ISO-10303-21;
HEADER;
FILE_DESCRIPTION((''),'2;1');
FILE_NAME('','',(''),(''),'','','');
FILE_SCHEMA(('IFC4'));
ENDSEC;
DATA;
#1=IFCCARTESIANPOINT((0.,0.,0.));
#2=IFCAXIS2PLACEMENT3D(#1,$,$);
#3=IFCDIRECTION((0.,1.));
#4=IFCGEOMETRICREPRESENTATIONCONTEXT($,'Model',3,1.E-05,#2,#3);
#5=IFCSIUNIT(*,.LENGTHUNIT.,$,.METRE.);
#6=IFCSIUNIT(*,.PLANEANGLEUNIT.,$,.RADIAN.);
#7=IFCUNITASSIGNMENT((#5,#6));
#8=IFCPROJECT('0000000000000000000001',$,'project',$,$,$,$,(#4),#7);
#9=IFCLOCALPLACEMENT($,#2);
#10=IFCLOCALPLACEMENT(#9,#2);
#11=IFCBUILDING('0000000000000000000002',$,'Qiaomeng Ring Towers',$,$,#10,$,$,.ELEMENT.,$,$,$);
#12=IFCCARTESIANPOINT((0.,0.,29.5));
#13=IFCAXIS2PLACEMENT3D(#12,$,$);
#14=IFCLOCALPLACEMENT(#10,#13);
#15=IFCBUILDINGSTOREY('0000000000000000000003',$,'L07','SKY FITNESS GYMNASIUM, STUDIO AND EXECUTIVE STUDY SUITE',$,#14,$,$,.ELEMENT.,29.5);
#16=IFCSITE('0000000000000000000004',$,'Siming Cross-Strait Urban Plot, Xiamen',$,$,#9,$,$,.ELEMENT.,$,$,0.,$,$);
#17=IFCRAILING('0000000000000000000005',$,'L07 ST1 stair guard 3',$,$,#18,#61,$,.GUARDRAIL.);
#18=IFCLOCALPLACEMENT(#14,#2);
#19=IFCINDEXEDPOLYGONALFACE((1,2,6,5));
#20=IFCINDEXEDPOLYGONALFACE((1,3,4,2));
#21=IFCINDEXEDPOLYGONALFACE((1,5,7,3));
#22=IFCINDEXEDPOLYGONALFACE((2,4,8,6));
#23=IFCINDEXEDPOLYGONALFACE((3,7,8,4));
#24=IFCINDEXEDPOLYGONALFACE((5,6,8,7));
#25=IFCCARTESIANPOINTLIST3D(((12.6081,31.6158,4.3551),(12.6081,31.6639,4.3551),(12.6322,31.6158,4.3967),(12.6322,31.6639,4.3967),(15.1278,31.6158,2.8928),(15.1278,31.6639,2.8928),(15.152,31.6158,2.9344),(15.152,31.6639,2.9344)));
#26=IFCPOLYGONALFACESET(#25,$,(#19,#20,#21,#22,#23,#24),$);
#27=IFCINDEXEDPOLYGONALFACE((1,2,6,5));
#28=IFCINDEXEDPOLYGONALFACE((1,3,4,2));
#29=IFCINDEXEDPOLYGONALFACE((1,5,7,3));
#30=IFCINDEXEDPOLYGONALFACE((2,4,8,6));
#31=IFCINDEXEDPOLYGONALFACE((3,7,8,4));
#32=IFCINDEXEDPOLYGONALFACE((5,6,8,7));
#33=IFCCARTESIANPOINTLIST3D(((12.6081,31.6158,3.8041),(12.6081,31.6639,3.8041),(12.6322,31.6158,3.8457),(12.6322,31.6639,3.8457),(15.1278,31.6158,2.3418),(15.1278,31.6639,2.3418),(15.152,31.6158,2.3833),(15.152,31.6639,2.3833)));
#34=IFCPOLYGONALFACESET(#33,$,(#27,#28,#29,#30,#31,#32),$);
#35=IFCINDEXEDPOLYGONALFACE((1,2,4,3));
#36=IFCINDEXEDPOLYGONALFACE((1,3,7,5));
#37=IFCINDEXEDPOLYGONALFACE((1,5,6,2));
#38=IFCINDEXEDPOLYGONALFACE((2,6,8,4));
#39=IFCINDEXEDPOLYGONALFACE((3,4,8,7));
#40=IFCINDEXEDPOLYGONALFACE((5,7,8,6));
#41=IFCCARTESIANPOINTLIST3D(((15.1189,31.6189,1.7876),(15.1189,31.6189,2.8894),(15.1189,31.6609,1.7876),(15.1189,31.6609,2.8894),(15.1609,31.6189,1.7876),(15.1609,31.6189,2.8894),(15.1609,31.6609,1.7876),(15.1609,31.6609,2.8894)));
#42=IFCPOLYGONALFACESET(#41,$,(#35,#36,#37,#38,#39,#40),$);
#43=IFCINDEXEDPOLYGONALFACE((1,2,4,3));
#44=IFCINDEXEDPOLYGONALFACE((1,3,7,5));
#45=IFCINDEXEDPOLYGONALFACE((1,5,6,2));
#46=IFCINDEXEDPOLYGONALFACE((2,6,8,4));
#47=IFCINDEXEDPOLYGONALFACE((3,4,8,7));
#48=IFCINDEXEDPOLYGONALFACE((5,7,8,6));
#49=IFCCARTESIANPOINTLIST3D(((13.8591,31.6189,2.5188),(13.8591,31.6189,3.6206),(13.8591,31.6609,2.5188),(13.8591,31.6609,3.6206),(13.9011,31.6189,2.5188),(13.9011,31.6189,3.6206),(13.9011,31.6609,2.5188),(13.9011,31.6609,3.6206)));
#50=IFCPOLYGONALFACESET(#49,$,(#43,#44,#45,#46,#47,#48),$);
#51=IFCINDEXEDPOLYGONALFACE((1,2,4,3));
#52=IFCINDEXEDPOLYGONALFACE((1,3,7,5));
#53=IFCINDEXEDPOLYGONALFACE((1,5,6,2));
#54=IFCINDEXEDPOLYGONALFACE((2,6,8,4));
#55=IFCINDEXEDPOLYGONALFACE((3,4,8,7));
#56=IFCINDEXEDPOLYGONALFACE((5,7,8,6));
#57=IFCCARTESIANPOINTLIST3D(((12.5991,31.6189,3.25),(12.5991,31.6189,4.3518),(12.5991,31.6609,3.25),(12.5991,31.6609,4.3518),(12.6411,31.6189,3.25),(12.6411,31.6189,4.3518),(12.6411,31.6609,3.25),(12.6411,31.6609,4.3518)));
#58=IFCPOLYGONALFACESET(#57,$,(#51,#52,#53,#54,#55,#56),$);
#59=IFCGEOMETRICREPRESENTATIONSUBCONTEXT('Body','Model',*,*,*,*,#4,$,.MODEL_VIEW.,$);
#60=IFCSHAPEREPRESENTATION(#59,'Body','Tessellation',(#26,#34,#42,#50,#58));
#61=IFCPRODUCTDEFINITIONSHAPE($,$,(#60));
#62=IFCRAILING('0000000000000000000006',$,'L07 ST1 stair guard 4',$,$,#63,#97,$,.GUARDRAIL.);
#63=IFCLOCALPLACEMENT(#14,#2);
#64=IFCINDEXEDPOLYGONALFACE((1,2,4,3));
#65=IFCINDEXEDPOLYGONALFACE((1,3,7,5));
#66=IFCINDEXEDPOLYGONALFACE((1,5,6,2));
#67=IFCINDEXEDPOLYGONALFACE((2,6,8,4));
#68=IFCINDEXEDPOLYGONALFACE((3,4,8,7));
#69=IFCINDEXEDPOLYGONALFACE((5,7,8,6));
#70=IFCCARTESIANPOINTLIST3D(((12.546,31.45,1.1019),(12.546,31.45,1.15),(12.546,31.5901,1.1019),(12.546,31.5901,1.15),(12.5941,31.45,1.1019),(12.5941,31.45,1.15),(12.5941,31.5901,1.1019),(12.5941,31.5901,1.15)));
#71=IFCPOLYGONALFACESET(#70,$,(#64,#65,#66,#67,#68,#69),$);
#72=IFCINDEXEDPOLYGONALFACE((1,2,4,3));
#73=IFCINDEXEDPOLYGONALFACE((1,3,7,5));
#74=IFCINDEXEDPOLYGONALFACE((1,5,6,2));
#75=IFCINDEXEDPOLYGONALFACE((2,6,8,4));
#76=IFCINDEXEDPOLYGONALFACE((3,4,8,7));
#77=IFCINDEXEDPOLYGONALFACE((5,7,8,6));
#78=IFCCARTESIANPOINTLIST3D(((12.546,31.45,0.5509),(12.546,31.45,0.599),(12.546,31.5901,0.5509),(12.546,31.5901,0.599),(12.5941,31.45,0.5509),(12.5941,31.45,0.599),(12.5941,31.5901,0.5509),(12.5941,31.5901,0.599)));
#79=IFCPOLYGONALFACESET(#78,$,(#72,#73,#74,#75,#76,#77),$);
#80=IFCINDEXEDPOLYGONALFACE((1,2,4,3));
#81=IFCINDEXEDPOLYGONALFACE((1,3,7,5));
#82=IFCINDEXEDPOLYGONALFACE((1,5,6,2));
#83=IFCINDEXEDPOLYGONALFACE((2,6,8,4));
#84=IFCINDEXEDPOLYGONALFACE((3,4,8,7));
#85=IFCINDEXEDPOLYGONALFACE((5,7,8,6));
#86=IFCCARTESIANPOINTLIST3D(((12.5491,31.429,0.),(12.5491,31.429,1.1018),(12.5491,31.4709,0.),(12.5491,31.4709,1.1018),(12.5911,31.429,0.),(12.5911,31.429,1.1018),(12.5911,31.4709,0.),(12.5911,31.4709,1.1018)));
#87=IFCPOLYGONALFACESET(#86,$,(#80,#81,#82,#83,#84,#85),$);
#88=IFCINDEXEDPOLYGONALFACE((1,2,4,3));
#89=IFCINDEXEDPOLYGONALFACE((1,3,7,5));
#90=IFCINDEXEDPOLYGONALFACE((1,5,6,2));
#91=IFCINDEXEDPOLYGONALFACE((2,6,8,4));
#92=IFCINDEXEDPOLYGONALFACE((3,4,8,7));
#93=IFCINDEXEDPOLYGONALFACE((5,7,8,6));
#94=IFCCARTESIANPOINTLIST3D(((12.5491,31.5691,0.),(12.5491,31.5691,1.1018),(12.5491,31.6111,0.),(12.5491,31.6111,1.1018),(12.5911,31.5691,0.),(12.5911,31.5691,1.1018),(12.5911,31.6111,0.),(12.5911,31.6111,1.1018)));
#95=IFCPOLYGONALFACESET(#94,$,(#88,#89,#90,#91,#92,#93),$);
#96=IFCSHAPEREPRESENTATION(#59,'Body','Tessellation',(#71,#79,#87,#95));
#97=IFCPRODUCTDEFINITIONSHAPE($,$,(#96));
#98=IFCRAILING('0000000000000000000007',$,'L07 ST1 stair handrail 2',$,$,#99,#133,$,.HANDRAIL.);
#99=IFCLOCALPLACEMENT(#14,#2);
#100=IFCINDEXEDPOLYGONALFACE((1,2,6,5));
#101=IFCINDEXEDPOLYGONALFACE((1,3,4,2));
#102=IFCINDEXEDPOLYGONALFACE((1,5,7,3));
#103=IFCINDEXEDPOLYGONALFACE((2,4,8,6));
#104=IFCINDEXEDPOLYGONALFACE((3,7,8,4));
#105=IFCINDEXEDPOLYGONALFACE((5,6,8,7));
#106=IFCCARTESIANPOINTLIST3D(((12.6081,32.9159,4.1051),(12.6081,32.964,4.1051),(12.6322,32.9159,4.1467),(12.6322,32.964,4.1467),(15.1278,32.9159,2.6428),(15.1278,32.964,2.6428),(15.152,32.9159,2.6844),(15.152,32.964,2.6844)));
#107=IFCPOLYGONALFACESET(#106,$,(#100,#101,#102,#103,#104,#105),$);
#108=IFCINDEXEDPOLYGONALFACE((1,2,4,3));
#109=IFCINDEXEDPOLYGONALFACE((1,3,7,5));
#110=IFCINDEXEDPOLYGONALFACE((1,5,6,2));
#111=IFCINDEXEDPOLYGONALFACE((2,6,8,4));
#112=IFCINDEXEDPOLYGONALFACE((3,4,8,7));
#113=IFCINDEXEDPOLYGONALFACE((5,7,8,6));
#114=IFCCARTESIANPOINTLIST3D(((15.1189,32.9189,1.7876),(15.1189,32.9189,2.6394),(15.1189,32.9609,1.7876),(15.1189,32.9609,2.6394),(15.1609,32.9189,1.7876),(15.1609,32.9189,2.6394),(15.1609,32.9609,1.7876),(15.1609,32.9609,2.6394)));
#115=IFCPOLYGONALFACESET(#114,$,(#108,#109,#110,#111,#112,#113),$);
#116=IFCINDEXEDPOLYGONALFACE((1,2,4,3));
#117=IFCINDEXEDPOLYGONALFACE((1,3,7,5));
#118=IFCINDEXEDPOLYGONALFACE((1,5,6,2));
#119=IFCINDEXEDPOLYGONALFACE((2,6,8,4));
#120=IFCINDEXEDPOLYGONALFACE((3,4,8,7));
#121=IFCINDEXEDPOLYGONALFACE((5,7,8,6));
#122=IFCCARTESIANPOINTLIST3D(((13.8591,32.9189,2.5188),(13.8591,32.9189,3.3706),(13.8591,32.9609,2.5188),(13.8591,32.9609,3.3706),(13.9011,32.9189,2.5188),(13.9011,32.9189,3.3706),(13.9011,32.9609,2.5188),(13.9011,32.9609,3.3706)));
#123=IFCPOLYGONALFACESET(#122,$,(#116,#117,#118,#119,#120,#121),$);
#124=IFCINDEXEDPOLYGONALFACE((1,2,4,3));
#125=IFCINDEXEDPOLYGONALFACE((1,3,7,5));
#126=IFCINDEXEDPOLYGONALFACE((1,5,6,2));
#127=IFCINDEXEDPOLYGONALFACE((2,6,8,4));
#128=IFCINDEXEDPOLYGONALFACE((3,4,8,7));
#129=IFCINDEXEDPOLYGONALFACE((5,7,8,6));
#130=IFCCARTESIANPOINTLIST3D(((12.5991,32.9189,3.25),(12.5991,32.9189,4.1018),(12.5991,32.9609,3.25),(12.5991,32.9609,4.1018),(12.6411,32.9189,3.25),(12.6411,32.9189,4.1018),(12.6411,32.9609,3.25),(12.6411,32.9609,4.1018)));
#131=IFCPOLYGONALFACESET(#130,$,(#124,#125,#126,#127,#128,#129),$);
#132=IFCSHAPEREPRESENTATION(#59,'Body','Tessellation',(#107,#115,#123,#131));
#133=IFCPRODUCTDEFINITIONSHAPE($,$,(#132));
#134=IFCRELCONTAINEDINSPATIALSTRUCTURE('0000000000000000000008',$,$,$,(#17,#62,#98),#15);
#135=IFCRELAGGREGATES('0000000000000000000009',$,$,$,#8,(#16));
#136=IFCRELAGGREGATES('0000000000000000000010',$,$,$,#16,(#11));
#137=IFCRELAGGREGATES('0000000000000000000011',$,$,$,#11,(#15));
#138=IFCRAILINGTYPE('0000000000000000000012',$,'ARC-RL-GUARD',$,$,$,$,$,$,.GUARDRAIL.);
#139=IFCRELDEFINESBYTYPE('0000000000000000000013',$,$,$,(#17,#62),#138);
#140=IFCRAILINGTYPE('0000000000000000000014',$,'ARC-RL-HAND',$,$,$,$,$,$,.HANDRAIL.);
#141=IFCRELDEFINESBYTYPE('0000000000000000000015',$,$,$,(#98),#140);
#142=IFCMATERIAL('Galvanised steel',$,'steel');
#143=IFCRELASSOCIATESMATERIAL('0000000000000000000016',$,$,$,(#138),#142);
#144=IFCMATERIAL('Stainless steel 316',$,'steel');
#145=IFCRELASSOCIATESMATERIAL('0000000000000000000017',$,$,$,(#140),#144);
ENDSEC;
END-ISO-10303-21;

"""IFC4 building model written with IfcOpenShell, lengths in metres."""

from ifc_helpers import new_model, si_unit, direction, frame, origin, origin_2d, place, context, subcontext, project, spatial, rectangle, extrude, material, type_object, element, save


model = new_model("IFC4")

# Units and contexts
model_context = context("Model", 3, precision=1e-05, world=origin(), true_north=direction((0.0, 1.0)))
body_context = subcontext(model_context, "Body", "Model", "MODEL_VIEW")
ifc_project = project(units=[si_unit("LENGTHUNIT", "METRE"), si_unit("PLANEANGLEUNIT", "RADIAN")], contexts=[model_context])

# Site, building, storey
site_placement = place(None, origin())
site = spatial("IfcSite", under=ifc_project, at=site_placement, Name="Siming Cross-Strait Urban Plot, Xiamen", CompositionType="ELEMENT", RefElevation=0.0)
building_placement = place(site_placement, origin())
building = spatial("IfcBuilding", under=site, at=building_placement, Name="Qiaomeng Ring Towers", CompositionType="ELEMENT")
storey_placement = place(building_placement, frame((0.0, 0.0, 29.5)))
storey = spatial("IfcBuildingStorey", under=building, at=storey_placement, Name="L07", Description="SKY FITNESS GYMNASIUM, STUDIO AND EXECUTIVE STUDY SUITE", CompositionType="ELEMENT", Elevation=29.5)

# Shared definitions
ifc_material_1 = material(Name="Galvanised steel", Category="steel")

# Shared definitions
ifc_material_2 = material(Name="Stainless steel 316", Category="steel")

# Railings
railing_type_1 = type_object("IfcRailingType", Name="ARC-RL-GUARD", PredefinedType="GUARDRAIL", material=ifc_material_1)
railing_1_placement = place(storey_placement, frame((15.1399, 31.6399, 1.7876)))
element("IfcRailing", 1, at=railing_1_placement, inside=storey, type_object=railing_type_1, Name="L07 ST1 stair guard 3", PredefinedType="GUARDRAIL", context=body_context, shape_type="SweptSolid", body=[
    extrude(rectangle(XDim=0.0481, YDim=0.0481, at=origin_2d()), frame((0.0, 0.0, 1.126), z_axis=(-0.864892, 0.0, 0.501958), x_axis=(0.0, -1.0, 0.0)), (0.0, 0.0, 1.0), 2.9133),
    extrude(rectangle(XDim=0.0481, YDim=0.0481, at=origin_2d()), frame((0.0, 0.0, 0.575), z_axis=(-0.864892, 0.0, 0.501958), x_axis=(0.0, -1.0, 0.0)), (0.0, 0.0, 1.0), 2.9133),
    extrude(rectangle(XDim=0.042, YDim=0.042, at=origin_2d()), origin(), (0.0, 0.0, 1.0), 1.1018),
    extrude(rectangle(XDim=0.042, YDim=0.042, at=origin_2d()), frame((-1.2598, 0.0, 0.7312)), (0.0, 0.0, 1.0), 1.1018),
    extrude(rectangle(XDim=0.042, YDim=0.042, at=origin_2d()), frame((-2.5198, 0.0, 1.4624)), (0.0, 0.0, 1.0), 1.1018),
])
railing_2_placement = place(storey_placement, frame((12.5701, 31.45, 0.0)))
element("IfcRailing", 2, at=railing_2_placement, inside=storey, type_object=railing_type_1, Name="L07 ST1 stair guard 4", PredefinedType="GUARDRAIL", context=body_context, shape_type="SweptSolid", body=[
    extrude(rectangle(XDim=0.0481, YDim=0.0481, at=origin_2d()), frame((0.0, 0.0, 1.126), z_axis=(0.0, 1.0, 0.0), x_axis=(-1.0, 0.0, 0.0)), (0.0, 0.0, 1.0), 0.1401),
    extrude(rectangle(XDim=0.0481, YDim=0.0481, at=origin_2d()), frame((0.0, 0.0, 0.575), z_axis=(0.0, 1.0, 0.0), x_axis=(-1.0, 0.0, 0.0)), (0.0, 0.0, 1.0), 0.1401),
    extrude(rectangle(XDim=0.042, YDim=0.042, at=origin_2d()), origin(), (0.0, 0.0, 1.0), 1.1018),
    extrude(rectangle(XDim=0.042, YDim=0.042, at=origin_2d()), frame((0.0, 0.1401, 0.0)), (0.0, 0.0, 1.0), 1.1018),
])
railing_type_2 = type_object("IfcRailingType", Name="ARC-RL-HAND", PredefinedType="HANDRAIL", material=ifc_material_2)
railing_3_placement = place(storey_placement, frame((15.1399, 32.9399, 1.7876)))
element("IfcRailing", 3, at=railing_3_placement, inside=storey, type_object=railing_type_2, Name="L07 ST1 stair handrail 2", PredefinedType="HANDRAIL", context=body_context, shape_type="SweptSolid", body=[
    extrude(rectangle(XDim=0.0481, YDim=0.0481, at=origin_2d()), frame((0.0, 0.0, 0.876), z_axis=(-0.864892, 0.0, 0.501958), x_axis=(0.0, -1.0, 0.0)), (0.0, 0.0, 1.0), 2.9133),
    extrude(rectangle(XDim=0.042, YDim=0.042, at=origin_2d()), origin(), (0.0, 0.0, 1.0), 0.8518),
    extrude(rectangle(XDim=0.042, YDim=0.042, at=origin_2d()), frame((-1.2598, 0.0, 0.7312)), (0.0, 0.0, 1.0), 0.8518),
    extrude(rectangle(XDim=0.042, YDim=0.042, at=origin_2d()), frame((-2.5198, 0.0, 1.4624)), (0.0, 0.0, 1.0), 0.8518),
])

save(model, "model.ifc")
